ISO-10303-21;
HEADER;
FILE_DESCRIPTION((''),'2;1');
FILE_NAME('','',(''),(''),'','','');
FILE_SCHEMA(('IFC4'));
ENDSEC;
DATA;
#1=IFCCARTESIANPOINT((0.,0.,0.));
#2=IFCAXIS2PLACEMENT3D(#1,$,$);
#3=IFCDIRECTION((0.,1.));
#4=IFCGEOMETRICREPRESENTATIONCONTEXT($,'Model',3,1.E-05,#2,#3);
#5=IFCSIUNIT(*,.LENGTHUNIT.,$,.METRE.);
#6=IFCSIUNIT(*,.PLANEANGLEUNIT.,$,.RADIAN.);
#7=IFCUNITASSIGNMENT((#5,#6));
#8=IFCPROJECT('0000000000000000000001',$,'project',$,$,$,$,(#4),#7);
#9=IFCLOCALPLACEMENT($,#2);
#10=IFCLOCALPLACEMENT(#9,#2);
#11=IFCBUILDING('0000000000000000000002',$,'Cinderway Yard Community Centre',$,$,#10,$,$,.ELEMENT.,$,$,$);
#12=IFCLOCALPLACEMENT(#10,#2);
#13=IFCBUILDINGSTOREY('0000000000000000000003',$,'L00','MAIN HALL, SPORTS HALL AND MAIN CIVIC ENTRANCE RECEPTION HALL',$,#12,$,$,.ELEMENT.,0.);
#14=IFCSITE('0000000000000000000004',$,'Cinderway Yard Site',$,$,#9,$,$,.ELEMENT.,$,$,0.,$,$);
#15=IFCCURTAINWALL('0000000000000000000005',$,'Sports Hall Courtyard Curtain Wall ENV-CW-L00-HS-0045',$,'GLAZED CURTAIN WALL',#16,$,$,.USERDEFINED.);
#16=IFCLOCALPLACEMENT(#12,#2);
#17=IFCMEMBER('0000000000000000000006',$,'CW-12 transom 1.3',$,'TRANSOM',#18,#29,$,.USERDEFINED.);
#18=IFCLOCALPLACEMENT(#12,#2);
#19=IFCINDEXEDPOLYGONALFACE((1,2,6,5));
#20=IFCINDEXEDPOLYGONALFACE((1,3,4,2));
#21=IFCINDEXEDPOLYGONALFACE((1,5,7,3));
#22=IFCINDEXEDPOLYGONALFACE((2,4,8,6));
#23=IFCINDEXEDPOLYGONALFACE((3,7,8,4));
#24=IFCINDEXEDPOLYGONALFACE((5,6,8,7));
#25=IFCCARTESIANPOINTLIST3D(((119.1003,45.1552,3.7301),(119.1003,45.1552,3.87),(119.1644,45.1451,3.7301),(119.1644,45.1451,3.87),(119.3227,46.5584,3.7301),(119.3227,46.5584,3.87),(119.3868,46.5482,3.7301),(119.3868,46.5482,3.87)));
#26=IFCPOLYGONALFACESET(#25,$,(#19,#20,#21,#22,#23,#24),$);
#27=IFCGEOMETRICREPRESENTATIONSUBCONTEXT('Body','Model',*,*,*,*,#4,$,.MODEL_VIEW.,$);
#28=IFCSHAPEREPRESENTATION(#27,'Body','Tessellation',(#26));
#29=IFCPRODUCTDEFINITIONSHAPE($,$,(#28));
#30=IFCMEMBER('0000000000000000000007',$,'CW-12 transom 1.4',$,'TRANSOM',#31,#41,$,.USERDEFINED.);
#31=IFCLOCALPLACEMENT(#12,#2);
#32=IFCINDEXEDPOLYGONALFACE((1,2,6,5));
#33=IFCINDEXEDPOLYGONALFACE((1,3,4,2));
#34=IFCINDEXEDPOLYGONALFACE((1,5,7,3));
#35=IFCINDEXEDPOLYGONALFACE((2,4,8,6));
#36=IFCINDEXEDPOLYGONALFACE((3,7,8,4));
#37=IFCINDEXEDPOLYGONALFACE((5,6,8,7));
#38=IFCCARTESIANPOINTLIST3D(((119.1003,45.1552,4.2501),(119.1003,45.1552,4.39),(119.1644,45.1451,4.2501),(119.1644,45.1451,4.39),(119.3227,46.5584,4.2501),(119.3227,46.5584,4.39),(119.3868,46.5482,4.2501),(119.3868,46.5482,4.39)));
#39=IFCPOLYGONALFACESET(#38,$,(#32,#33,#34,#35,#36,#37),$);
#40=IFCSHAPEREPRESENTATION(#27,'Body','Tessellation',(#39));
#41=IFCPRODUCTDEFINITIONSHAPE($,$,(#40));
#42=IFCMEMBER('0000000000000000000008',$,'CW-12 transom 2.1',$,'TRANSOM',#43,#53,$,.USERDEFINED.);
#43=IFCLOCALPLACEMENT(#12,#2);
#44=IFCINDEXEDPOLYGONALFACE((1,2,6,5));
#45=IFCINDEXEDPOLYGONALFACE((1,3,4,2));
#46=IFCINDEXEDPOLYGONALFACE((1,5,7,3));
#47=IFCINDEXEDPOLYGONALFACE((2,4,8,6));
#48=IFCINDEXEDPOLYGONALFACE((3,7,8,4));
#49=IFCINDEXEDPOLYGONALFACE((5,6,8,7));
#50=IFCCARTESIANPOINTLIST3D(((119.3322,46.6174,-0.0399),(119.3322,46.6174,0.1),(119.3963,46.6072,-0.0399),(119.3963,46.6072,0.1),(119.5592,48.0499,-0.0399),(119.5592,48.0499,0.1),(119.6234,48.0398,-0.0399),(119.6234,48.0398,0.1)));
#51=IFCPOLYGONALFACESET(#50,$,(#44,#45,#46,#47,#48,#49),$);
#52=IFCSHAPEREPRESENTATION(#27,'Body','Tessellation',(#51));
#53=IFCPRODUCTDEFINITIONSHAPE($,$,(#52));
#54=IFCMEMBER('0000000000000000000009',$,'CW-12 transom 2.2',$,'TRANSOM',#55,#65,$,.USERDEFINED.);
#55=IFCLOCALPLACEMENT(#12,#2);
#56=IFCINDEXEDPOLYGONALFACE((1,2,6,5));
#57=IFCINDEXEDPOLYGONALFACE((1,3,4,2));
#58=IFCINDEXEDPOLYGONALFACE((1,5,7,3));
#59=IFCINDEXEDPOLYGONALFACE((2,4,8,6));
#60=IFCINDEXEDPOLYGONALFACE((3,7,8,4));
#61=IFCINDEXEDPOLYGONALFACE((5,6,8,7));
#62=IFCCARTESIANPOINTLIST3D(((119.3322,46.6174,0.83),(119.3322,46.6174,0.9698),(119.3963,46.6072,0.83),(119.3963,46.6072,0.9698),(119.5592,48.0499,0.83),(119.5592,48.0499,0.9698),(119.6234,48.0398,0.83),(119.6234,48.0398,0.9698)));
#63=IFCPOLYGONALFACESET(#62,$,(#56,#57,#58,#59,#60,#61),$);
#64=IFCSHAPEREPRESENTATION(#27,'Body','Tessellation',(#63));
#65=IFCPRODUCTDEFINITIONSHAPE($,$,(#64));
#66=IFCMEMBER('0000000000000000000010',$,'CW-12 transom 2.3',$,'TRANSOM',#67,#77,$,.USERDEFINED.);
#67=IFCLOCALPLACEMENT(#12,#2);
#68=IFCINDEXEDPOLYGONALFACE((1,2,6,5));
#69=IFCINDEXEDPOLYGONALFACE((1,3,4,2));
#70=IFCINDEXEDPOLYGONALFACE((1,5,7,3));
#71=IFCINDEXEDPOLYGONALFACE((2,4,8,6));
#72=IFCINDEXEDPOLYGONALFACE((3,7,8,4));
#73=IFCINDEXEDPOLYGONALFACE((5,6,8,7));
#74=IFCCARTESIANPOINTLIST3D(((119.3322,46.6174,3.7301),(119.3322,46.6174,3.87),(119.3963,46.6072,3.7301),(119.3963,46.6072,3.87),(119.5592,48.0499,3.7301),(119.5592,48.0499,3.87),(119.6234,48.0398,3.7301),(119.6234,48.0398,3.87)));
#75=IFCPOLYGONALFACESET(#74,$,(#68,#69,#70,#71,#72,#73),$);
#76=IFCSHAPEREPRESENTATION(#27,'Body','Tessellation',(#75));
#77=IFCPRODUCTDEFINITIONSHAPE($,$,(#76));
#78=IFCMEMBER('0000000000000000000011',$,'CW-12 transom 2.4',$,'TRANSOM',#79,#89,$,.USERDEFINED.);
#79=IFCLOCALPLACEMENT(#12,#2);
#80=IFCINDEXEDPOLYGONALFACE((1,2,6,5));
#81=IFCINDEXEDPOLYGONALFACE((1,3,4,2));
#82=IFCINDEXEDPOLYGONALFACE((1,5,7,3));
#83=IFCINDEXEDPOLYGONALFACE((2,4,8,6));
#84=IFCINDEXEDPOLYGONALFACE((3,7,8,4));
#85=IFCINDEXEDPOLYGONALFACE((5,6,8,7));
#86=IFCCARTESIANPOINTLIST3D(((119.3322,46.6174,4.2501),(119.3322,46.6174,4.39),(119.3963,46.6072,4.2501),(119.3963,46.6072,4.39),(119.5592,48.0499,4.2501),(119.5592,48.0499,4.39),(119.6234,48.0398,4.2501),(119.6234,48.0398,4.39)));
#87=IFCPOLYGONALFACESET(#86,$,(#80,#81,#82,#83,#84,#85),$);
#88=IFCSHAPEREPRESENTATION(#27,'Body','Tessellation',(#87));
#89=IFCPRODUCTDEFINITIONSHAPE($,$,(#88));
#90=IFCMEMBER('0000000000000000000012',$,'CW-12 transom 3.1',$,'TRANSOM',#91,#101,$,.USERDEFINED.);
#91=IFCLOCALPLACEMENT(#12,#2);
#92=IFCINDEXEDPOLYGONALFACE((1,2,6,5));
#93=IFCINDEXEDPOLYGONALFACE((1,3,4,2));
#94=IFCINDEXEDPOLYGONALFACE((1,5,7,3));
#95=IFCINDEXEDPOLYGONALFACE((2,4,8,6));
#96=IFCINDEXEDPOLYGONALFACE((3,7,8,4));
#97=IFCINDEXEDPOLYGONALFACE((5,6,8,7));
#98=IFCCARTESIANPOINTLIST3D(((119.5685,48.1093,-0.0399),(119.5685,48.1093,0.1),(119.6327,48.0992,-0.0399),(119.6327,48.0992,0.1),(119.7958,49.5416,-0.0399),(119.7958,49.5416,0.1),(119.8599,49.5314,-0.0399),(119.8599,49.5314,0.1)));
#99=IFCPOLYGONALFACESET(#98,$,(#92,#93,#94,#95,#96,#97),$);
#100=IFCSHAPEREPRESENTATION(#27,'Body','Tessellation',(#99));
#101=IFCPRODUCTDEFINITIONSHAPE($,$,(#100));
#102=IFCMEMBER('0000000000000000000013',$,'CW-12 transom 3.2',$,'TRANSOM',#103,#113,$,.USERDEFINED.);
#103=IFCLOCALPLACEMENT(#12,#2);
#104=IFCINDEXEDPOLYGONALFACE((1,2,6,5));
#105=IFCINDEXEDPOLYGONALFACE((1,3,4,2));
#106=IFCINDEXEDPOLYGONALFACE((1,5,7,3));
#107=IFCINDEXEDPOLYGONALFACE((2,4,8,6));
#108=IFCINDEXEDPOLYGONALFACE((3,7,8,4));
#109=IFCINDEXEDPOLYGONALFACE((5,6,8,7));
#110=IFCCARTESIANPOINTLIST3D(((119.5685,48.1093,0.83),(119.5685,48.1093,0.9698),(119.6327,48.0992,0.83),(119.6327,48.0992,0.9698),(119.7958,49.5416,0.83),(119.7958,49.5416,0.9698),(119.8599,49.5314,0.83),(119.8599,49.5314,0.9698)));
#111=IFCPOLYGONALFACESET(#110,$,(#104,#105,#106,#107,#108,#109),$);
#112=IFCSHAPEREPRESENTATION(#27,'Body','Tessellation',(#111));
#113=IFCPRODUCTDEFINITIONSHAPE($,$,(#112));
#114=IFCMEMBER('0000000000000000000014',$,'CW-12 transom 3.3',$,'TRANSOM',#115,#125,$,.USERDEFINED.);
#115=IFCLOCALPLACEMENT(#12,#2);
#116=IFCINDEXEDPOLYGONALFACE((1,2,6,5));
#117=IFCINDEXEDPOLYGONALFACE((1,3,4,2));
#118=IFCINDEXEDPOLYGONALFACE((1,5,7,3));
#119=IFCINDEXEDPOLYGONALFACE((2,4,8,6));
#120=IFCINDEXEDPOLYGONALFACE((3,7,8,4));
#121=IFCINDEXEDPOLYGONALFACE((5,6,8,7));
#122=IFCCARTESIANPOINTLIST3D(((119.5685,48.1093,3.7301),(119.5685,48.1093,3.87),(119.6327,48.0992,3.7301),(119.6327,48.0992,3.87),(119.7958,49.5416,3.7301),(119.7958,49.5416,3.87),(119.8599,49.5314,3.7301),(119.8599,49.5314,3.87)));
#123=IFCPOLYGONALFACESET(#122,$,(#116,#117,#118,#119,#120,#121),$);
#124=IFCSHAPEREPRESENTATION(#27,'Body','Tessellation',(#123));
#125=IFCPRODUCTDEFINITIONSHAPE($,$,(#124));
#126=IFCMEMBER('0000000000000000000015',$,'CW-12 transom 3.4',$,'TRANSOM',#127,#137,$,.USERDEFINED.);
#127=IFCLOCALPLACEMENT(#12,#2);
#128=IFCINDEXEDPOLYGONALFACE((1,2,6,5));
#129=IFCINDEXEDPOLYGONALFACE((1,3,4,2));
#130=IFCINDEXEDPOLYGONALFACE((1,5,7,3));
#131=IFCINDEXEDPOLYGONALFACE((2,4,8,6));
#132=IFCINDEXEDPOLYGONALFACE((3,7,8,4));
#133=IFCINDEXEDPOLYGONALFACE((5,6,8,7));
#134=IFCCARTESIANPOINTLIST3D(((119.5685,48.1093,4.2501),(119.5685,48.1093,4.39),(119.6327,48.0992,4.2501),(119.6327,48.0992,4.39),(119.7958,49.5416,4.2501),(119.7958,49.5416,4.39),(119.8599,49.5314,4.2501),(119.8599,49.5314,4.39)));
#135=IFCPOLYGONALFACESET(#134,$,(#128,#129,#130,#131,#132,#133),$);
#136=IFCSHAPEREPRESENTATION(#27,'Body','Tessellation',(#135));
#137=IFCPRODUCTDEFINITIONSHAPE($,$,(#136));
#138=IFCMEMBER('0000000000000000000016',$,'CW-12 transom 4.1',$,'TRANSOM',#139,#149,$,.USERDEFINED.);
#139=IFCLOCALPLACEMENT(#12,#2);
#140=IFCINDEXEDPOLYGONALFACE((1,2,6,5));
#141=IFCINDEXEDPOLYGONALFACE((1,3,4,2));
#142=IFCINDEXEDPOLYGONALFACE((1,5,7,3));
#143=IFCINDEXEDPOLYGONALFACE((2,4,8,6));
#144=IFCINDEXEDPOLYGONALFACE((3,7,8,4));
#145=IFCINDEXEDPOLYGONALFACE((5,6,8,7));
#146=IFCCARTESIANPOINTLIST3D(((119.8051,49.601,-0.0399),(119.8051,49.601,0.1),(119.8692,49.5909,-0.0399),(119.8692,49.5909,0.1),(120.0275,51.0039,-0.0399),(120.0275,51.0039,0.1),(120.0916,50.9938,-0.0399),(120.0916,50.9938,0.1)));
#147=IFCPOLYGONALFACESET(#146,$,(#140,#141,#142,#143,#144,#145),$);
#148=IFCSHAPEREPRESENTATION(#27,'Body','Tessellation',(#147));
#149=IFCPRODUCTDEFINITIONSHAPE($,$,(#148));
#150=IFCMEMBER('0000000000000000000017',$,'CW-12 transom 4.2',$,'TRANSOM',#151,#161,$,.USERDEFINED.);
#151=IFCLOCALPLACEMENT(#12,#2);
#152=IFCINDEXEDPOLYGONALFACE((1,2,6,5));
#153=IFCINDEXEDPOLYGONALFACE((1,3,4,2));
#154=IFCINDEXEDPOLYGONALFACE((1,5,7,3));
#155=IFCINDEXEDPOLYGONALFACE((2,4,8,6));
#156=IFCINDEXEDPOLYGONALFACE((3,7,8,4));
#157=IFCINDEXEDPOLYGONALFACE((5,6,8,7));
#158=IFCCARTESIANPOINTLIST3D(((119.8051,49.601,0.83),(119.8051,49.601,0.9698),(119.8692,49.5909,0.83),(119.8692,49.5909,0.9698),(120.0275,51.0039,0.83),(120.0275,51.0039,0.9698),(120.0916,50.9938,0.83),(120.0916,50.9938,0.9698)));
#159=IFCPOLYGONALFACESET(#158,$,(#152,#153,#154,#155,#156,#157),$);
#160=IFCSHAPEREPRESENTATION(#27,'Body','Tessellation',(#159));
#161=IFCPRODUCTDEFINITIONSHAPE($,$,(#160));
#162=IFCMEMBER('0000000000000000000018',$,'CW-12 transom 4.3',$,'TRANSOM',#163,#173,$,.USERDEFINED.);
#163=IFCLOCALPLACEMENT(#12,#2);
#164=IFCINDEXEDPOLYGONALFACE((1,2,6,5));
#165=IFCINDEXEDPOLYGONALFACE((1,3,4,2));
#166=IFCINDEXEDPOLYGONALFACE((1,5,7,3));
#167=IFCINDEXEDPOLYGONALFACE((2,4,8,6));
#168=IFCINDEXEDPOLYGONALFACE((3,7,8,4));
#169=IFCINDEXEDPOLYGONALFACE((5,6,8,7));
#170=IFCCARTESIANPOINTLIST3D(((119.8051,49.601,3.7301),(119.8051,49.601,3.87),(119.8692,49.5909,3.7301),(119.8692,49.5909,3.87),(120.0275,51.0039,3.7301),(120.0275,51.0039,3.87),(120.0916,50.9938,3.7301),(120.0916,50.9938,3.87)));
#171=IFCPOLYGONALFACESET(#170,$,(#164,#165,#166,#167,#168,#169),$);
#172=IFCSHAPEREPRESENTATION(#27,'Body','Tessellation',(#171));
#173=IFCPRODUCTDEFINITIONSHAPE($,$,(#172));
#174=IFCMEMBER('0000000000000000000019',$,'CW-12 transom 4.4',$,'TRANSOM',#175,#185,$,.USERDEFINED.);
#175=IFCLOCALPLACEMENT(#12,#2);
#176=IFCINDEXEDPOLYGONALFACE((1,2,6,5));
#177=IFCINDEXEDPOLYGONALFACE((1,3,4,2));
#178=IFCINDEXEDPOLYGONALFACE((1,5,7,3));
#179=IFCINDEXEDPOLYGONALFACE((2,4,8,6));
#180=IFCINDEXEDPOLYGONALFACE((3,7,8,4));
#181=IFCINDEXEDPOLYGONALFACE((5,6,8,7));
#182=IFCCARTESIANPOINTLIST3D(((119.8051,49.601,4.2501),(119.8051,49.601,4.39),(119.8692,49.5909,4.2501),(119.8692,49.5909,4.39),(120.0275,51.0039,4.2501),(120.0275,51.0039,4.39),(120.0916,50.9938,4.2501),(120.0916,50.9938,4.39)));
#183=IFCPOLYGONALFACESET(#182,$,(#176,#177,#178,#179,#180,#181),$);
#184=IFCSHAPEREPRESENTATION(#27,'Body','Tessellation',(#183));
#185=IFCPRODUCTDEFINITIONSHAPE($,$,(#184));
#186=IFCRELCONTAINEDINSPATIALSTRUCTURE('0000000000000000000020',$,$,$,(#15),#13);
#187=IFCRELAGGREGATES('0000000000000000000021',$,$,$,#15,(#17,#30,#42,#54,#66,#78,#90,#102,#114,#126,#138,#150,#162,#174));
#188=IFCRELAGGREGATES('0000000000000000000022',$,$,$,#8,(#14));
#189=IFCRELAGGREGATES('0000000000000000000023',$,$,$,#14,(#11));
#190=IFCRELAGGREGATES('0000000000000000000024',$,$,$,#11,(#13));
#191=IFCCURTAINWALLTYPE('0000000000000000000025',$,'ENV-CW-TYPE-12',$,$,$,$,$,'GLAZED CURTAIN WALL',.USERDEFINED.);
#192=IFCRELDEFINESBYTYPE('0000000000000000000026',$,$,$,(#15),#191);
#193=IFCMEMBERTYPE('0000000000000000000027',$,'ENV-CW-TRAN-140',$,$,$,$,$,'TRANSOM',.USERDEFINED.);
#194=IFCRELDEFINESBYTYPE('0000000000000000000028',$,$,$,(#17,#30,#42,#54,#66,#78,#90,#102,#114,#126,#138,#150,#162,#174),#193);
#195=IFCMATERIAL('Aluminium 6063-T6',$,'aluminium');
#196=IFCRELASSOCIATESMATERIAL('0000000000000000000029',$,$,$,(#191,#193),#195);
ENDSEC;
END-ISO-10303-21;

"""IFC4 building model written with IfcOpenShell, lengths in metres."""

from ifc_helpers import new_model, si_unit, direction, frame, origin, origin_2d, place, context, subcontext, project, spatial, rectangle, extrude, material, material_profile, profile_set, type_object, element, aggregate, save


model = new_model("IFC4")

# Units and contexts
model_context = context("Model", 3, precision=1e-05, world=origin(), true_north=direction((0.0, 1.0)))
body_context = subcontext(model_context, "Body", "Model", "MODEL_VIEW")
ifc_project = project(units=[si_unit("LENGTHUNIT", "METRE"), si_unit("PLANEANGLEUNIT", "RADIAN")], contexts=[model_context])

# Site, building, storey
site_placement = place(None, origin())
site = spatial("IfcSite", under=ifc_project, at=site_placement, Name="Cinderway Yard Site", CompositionType="ELEMENT", RefElevation=0.0)
building_placement = place(site_placement, origin())
building = spatial("IfcBuilding", under=site, at=building_placement, Name="Cinderway Yard Community Centre", CompositionType="ELEMENT")
storey_placement = place(building_placement, origin())
storey = spatial("IfcBuildingStorey", under=building, at=storey_placement, Name="L00", Description="MAIN HALL, SPORTS HALL AND MAIN CIVIC ENTRANCE RECEPTION HALL", CompositionType="ELEMENT", Elevation=0.0)

# Shared definitions
ifc_material_1 = material(Name="Aluminium 6063-T6", Category="aluminium")
curtain_wall_type = type_object("IfcCurtainWallType", Name="ENV-CW-TYPE-12", ElementType="GLAZED CURTAIN WALL", PredefinedType="USERDEFINED", material=ifc_material_1)

# Curtain wall, members
curtain_wall_1_placement = place(storey_placement, origin())
curtain_wall_1 = element("IfcCurtainWall", 1, at=curtain_wall_1_placement, inside=storey, type_object=curtain_wall_type, Name="Sports Hall Courtyard Curtain Wall ENV-CW-L00-HS-0045", ObjectType="GLAZED CURTAIN WALL", PredefinedType="USERDEFINED")
ifc_material_profile_1 = material_profile(ifc_material_1, rectangle(XDim=0.0649, YDim=0.1399, at=origin_2d()), Name="Aluminium 6063-T6")
ifc_profile_set_1 = profile_set([ifc_material_profile_1], Name="Aluminium 6063-T6")
member_type_1 = type_object("IfcMemberType", Name="ENV-CW-TRAN-140", ElementType="TRANSOM", PredefinedType="USERDEFINED", material=ifc_profile_set_1)
member_1_placement = place(storey_placement, frame((119.1323, 45.1501, 3.8), z_axis=(0.156563, 0.987668, 0.0), x_axis=(-0.987668, 0.156563, 0.0)))
member_1 = element("IfcMember", 2, at=member_1_placement, type_object=member_type_1, Name="CW-12 transom 1.3", ObjectType="TRANSOM", PredefinedType="USERDEFINED", context=body_context, shape_type="SweptSolid", body=[
    extrude(rectangle(XDim=0.0649, YDim=0.1399, at=origin_2d()), origin(), (0.0, 0.0, 1.0), 1.4207),
])
member_2_placement = place(storey_placement, frame((119.1323, 45.1501, 4.3201), z_axis=(0.156563, 0.987668, 0.0), x_axis=(-0.987668, 0.156563, 0.0)))
member_2 = element("IfcMember", 3, at=member_2_placement, type_object=member_type_1, Name="CW-12 transom 1.4", ObjectType="TRANSOM", PredefinedType="USERDEFINED", context=body_context, shape_type="SweptSolid", body=[
    extrude(rectangle(XDim=0.0649, YDim=0.1399, at=origin_2d()), origin(), (0.0, 0.0, 1.0), 1.4207),
])
member_3_placement = place(storey_placement, frame((119.3643, 46.6123, 0.03), z_axis=(0.156533, 0.987673, 0.0), x_axis=(-0.987673, 0.156533, 0.0)))
member_3 = element("IfcMember", 4, at=member_3_placement, type_object=member_type_1, Name="CW-12 transom 2.1", ObjectType="TRANSOM", PredefinedType="USERDEFINED", context=body_context, shape_type="SweptSolid", body=[
    extrude(rectangle(XDim=0.0649, YDim=0.1399, at=origin_2d()), origin(), (0.0, 0.0, 1.0), 1.4504),
])
member_4_placement = place(storey_placement, frame((119.3643, 46.6123, 0.8999), z_axis=(0.156533, 0.987673, 0.0), x_axis=(-0.987673, 0.156533, 0.0)))
member_4 = element("IfcMember", 5, at=member_4_placement, type_object=member_type_1, Name="CW-12 transom 2.2", ObjectType="TRANSOM", PredefinedType="USERDEFINED", context=body_context, shape_type="SweptSolid", body=[
    extrude(rectangle(XDim=0.0649, YDim=0.1399, at=origin_2d()), origin(), (0.0, 0.0, 1.0), 1.4504),
])
member_5_placement = place(storey_placement, frame((119.3643, 46.6123, 3.8), z_axis=(0.156533, 0.987673, 0.0), x_axis=(-0.987673, 0.156533, 0.0)))
member_5 = element("IfcMember", 6, at=member_5_placement, type_object=member_type_1, Name="CW-12 transom 2.3", ObjectType="TRANSOM", PredefinedType="USERDEFINED", context=body_context, shape_type="SweptSolid", body=[
    extrude(rectangle(XDim=0.0649, YDim=0.1399, at=origin_2d()), origin(), (0.0, 0.0, 1.0), 1.4504),
])
member_6_placement = place(storey_placement, frame((119.3643, 46.6123, 4.3201), z_axis=(0.156533, 0.987673, 0.0), x_axis=(-0.987673, 0.156533, 0.0)))
member_6 = element("IfcMember", 7, at=member_6_placement, type_object=member_type_1, Name="CW-12 transom 2.4", ObjectType="TRANSOM", PredefinedType="USERDEFINED", context=body_context, shape_type="SweptSolid", body=[
    extrude(rectangle(XDim=0.0649, YDim=0.1399, at=origin_2d()), origin(), (0.0, 0.0, 1.0), 1.4504),
])
member_7_placement = place(storey_placement, frame((119.6006, 48.1042, 0.03), z_axis=(0.156723, 0.987643, 0.0), x_axis=(-0.987643, 0.156723, 0.0)))
member_7 = element("IfcMember", 8, at=member_7_placement, type_object=member_type_1, Name="CW-12 transom 3.1", ObjectType="TRANSOM", PredefinedType="USERDEFINED", context=body_context, shape_type="SweptSolid", body=[
    extrude(rectangle(XDim=0.0649, YDim=0.1399, at=origin_2d()), origin(), (0.0, 0.0, 1.0), 1.4502),
])
member_8_placement = place(storey_placement, frame((119.6006, 48.1042, 0.8999), z_axis=(0.156723, 0.987643, 0.0), x_axis=(-0.987643, 0.156723, 0.0)))
member_8 = element("IfcMember", 9, at=member_8_placement, type_object=member_type_1, Name="CW-12 transom 3.2", ObjectType="TRANSOM", PredefinedType="USERDEFINED", context=body_context, shape_type="SweptSolid", body=[
    extrude(rectangle(XDim=0.0649, YDim=0.1399, at=origin_2d()), origin(), (0.0, 0.0, 1.0), 1.4502),
])
member_9_placement = place(storey_placement, frame((119.6006, 48.1042, 3.8), z_axis=(0.156723, 0.987643, 0.0), x_axis=(-0.987643, 0.156723, 0.0)))
member_9 = element("IfcMember", 10, at=member_9_placement, type_object=member_type_1, Name="CW-12 transom 3.3", ObjectType="TRANSOM", PredefinedType="USERDEFINED", context=body_context, shape_type="SweptSolid", body=[
    extrude(rectangle(XDim=0.0649, YDim=0.1399, at=origin_2d()), origin(), (0.0, 0.0, 1.0), 1.4502),
])
member_10_placement = place(storey_placement, frame((119.6006, 48.1042, 4.3201), z_axis=(0.156723, 0.987643, 0.0), x_axis=(-0.987643, 0.156723, 0.0)))
member_10 = element("IfcMember", 11, at=member_10_placement, type_object=member_type_1, Name="CW-12 transom 3.4", ObjectType="TRANSOM", PredefinedType="USERDEFINED", context=body_context, shape_type="SweptSolid", body=[
    extrude(rectangle(XDim=0.0649, YDim=0.1399, at=origin_2d()), origin(), (0.0, 0.0, 1.0), 1.4502),
])
member_11_placement = place(storey_placement, frame((119.8372, 49.5959, 0.03), z_axis=(0.156589, 0.987664, 0.0), x_axis=(-0.987664, 0.156589, 0.0)))
member_11 = element("IfcMember", 12, at=member_11_placement, type_object=member_type_1, Name="CW-12 transom 4.1", ObjectType="TRANSOM", PredefinedType="USERDEFINED", context=body_context, shape_type="SweptSolid", body=[
    extrude(rectangle(XDim=0.0649, YDim=0.1399, at=origin_2d()), origin(), (0.0, 0.0, 1.0), 1.4204),
])
member_12_placement = place(storey_placement, frame((119.8372, 49.5959, 0.8999), z_axis=(0.156589, 0.987664, 0.0), x_axis=(-0.987664, 0.156589, 0.0)))
member_12 = element("IfcMember", 13, at=member_12_placement, type_object=member_type_1, Name="CW-12 transom 4.2", ObjectType="TRANSOM", PredefinedType="USERDEFINED", context=body_context, shape_type="SweptSolid", body=[
    extrude(rectangle(XDim=0.0649, YDim=0.1399, at=origin_2d()), origin(), (0.0, 0.0, 1.0), 1.4204),
])
member_13_placement = place(storey_placement, frame((119.8372, 49.5959, 3.8), z_axis=(0.156589, 0.987664, 0.0), x_axis=(-0.987664, 0.156589, 0.0)))
member_13 = element("IfcMember", 14, at=member_13_placement, type_object=member_type_1, Name="CW-12 transom 4.3", ObjectType="TRANSOM", PredefinedType="USERDEFINED", context=body_context, shape_type="SweptSolid", body=[
    extrude(rectangle(XDim=0.0649, YDim=0.1399, at=origin_2d()), origin(), (0.0, 0.0, 1.0), 1.4204),
])
member_14_placement = place(storey_placement, frame((119.8372, 49.5959, 4.3201), z_axis=(0.156589, 0.987664, 0.0), x_axis=(-0.987664, 0.156589, 0.0)))
member_14 = element("IfcMember", 15, at=member_14_placement, type_object=member_type_1, Name="CW-12 transom 4.4", ObjectType="TRANSOM", PredefinedType="USERDEFINED", context=body_context, shape_type="SweptSolid", body=[
    extrude(rectangle(XDim=0.0649, YDim=0.1399, at=origin_2d()), origin(), (0.0, 0.0, 1.0), 1.4204),
])

aggregate(curtain_wall_1, [member_1, member_2, member_3, member_4, member_5, member_6, member_7, member_8, member_9, member_10, member_11, member_12, member_13, member_14])

save(model, "model.ifc")
